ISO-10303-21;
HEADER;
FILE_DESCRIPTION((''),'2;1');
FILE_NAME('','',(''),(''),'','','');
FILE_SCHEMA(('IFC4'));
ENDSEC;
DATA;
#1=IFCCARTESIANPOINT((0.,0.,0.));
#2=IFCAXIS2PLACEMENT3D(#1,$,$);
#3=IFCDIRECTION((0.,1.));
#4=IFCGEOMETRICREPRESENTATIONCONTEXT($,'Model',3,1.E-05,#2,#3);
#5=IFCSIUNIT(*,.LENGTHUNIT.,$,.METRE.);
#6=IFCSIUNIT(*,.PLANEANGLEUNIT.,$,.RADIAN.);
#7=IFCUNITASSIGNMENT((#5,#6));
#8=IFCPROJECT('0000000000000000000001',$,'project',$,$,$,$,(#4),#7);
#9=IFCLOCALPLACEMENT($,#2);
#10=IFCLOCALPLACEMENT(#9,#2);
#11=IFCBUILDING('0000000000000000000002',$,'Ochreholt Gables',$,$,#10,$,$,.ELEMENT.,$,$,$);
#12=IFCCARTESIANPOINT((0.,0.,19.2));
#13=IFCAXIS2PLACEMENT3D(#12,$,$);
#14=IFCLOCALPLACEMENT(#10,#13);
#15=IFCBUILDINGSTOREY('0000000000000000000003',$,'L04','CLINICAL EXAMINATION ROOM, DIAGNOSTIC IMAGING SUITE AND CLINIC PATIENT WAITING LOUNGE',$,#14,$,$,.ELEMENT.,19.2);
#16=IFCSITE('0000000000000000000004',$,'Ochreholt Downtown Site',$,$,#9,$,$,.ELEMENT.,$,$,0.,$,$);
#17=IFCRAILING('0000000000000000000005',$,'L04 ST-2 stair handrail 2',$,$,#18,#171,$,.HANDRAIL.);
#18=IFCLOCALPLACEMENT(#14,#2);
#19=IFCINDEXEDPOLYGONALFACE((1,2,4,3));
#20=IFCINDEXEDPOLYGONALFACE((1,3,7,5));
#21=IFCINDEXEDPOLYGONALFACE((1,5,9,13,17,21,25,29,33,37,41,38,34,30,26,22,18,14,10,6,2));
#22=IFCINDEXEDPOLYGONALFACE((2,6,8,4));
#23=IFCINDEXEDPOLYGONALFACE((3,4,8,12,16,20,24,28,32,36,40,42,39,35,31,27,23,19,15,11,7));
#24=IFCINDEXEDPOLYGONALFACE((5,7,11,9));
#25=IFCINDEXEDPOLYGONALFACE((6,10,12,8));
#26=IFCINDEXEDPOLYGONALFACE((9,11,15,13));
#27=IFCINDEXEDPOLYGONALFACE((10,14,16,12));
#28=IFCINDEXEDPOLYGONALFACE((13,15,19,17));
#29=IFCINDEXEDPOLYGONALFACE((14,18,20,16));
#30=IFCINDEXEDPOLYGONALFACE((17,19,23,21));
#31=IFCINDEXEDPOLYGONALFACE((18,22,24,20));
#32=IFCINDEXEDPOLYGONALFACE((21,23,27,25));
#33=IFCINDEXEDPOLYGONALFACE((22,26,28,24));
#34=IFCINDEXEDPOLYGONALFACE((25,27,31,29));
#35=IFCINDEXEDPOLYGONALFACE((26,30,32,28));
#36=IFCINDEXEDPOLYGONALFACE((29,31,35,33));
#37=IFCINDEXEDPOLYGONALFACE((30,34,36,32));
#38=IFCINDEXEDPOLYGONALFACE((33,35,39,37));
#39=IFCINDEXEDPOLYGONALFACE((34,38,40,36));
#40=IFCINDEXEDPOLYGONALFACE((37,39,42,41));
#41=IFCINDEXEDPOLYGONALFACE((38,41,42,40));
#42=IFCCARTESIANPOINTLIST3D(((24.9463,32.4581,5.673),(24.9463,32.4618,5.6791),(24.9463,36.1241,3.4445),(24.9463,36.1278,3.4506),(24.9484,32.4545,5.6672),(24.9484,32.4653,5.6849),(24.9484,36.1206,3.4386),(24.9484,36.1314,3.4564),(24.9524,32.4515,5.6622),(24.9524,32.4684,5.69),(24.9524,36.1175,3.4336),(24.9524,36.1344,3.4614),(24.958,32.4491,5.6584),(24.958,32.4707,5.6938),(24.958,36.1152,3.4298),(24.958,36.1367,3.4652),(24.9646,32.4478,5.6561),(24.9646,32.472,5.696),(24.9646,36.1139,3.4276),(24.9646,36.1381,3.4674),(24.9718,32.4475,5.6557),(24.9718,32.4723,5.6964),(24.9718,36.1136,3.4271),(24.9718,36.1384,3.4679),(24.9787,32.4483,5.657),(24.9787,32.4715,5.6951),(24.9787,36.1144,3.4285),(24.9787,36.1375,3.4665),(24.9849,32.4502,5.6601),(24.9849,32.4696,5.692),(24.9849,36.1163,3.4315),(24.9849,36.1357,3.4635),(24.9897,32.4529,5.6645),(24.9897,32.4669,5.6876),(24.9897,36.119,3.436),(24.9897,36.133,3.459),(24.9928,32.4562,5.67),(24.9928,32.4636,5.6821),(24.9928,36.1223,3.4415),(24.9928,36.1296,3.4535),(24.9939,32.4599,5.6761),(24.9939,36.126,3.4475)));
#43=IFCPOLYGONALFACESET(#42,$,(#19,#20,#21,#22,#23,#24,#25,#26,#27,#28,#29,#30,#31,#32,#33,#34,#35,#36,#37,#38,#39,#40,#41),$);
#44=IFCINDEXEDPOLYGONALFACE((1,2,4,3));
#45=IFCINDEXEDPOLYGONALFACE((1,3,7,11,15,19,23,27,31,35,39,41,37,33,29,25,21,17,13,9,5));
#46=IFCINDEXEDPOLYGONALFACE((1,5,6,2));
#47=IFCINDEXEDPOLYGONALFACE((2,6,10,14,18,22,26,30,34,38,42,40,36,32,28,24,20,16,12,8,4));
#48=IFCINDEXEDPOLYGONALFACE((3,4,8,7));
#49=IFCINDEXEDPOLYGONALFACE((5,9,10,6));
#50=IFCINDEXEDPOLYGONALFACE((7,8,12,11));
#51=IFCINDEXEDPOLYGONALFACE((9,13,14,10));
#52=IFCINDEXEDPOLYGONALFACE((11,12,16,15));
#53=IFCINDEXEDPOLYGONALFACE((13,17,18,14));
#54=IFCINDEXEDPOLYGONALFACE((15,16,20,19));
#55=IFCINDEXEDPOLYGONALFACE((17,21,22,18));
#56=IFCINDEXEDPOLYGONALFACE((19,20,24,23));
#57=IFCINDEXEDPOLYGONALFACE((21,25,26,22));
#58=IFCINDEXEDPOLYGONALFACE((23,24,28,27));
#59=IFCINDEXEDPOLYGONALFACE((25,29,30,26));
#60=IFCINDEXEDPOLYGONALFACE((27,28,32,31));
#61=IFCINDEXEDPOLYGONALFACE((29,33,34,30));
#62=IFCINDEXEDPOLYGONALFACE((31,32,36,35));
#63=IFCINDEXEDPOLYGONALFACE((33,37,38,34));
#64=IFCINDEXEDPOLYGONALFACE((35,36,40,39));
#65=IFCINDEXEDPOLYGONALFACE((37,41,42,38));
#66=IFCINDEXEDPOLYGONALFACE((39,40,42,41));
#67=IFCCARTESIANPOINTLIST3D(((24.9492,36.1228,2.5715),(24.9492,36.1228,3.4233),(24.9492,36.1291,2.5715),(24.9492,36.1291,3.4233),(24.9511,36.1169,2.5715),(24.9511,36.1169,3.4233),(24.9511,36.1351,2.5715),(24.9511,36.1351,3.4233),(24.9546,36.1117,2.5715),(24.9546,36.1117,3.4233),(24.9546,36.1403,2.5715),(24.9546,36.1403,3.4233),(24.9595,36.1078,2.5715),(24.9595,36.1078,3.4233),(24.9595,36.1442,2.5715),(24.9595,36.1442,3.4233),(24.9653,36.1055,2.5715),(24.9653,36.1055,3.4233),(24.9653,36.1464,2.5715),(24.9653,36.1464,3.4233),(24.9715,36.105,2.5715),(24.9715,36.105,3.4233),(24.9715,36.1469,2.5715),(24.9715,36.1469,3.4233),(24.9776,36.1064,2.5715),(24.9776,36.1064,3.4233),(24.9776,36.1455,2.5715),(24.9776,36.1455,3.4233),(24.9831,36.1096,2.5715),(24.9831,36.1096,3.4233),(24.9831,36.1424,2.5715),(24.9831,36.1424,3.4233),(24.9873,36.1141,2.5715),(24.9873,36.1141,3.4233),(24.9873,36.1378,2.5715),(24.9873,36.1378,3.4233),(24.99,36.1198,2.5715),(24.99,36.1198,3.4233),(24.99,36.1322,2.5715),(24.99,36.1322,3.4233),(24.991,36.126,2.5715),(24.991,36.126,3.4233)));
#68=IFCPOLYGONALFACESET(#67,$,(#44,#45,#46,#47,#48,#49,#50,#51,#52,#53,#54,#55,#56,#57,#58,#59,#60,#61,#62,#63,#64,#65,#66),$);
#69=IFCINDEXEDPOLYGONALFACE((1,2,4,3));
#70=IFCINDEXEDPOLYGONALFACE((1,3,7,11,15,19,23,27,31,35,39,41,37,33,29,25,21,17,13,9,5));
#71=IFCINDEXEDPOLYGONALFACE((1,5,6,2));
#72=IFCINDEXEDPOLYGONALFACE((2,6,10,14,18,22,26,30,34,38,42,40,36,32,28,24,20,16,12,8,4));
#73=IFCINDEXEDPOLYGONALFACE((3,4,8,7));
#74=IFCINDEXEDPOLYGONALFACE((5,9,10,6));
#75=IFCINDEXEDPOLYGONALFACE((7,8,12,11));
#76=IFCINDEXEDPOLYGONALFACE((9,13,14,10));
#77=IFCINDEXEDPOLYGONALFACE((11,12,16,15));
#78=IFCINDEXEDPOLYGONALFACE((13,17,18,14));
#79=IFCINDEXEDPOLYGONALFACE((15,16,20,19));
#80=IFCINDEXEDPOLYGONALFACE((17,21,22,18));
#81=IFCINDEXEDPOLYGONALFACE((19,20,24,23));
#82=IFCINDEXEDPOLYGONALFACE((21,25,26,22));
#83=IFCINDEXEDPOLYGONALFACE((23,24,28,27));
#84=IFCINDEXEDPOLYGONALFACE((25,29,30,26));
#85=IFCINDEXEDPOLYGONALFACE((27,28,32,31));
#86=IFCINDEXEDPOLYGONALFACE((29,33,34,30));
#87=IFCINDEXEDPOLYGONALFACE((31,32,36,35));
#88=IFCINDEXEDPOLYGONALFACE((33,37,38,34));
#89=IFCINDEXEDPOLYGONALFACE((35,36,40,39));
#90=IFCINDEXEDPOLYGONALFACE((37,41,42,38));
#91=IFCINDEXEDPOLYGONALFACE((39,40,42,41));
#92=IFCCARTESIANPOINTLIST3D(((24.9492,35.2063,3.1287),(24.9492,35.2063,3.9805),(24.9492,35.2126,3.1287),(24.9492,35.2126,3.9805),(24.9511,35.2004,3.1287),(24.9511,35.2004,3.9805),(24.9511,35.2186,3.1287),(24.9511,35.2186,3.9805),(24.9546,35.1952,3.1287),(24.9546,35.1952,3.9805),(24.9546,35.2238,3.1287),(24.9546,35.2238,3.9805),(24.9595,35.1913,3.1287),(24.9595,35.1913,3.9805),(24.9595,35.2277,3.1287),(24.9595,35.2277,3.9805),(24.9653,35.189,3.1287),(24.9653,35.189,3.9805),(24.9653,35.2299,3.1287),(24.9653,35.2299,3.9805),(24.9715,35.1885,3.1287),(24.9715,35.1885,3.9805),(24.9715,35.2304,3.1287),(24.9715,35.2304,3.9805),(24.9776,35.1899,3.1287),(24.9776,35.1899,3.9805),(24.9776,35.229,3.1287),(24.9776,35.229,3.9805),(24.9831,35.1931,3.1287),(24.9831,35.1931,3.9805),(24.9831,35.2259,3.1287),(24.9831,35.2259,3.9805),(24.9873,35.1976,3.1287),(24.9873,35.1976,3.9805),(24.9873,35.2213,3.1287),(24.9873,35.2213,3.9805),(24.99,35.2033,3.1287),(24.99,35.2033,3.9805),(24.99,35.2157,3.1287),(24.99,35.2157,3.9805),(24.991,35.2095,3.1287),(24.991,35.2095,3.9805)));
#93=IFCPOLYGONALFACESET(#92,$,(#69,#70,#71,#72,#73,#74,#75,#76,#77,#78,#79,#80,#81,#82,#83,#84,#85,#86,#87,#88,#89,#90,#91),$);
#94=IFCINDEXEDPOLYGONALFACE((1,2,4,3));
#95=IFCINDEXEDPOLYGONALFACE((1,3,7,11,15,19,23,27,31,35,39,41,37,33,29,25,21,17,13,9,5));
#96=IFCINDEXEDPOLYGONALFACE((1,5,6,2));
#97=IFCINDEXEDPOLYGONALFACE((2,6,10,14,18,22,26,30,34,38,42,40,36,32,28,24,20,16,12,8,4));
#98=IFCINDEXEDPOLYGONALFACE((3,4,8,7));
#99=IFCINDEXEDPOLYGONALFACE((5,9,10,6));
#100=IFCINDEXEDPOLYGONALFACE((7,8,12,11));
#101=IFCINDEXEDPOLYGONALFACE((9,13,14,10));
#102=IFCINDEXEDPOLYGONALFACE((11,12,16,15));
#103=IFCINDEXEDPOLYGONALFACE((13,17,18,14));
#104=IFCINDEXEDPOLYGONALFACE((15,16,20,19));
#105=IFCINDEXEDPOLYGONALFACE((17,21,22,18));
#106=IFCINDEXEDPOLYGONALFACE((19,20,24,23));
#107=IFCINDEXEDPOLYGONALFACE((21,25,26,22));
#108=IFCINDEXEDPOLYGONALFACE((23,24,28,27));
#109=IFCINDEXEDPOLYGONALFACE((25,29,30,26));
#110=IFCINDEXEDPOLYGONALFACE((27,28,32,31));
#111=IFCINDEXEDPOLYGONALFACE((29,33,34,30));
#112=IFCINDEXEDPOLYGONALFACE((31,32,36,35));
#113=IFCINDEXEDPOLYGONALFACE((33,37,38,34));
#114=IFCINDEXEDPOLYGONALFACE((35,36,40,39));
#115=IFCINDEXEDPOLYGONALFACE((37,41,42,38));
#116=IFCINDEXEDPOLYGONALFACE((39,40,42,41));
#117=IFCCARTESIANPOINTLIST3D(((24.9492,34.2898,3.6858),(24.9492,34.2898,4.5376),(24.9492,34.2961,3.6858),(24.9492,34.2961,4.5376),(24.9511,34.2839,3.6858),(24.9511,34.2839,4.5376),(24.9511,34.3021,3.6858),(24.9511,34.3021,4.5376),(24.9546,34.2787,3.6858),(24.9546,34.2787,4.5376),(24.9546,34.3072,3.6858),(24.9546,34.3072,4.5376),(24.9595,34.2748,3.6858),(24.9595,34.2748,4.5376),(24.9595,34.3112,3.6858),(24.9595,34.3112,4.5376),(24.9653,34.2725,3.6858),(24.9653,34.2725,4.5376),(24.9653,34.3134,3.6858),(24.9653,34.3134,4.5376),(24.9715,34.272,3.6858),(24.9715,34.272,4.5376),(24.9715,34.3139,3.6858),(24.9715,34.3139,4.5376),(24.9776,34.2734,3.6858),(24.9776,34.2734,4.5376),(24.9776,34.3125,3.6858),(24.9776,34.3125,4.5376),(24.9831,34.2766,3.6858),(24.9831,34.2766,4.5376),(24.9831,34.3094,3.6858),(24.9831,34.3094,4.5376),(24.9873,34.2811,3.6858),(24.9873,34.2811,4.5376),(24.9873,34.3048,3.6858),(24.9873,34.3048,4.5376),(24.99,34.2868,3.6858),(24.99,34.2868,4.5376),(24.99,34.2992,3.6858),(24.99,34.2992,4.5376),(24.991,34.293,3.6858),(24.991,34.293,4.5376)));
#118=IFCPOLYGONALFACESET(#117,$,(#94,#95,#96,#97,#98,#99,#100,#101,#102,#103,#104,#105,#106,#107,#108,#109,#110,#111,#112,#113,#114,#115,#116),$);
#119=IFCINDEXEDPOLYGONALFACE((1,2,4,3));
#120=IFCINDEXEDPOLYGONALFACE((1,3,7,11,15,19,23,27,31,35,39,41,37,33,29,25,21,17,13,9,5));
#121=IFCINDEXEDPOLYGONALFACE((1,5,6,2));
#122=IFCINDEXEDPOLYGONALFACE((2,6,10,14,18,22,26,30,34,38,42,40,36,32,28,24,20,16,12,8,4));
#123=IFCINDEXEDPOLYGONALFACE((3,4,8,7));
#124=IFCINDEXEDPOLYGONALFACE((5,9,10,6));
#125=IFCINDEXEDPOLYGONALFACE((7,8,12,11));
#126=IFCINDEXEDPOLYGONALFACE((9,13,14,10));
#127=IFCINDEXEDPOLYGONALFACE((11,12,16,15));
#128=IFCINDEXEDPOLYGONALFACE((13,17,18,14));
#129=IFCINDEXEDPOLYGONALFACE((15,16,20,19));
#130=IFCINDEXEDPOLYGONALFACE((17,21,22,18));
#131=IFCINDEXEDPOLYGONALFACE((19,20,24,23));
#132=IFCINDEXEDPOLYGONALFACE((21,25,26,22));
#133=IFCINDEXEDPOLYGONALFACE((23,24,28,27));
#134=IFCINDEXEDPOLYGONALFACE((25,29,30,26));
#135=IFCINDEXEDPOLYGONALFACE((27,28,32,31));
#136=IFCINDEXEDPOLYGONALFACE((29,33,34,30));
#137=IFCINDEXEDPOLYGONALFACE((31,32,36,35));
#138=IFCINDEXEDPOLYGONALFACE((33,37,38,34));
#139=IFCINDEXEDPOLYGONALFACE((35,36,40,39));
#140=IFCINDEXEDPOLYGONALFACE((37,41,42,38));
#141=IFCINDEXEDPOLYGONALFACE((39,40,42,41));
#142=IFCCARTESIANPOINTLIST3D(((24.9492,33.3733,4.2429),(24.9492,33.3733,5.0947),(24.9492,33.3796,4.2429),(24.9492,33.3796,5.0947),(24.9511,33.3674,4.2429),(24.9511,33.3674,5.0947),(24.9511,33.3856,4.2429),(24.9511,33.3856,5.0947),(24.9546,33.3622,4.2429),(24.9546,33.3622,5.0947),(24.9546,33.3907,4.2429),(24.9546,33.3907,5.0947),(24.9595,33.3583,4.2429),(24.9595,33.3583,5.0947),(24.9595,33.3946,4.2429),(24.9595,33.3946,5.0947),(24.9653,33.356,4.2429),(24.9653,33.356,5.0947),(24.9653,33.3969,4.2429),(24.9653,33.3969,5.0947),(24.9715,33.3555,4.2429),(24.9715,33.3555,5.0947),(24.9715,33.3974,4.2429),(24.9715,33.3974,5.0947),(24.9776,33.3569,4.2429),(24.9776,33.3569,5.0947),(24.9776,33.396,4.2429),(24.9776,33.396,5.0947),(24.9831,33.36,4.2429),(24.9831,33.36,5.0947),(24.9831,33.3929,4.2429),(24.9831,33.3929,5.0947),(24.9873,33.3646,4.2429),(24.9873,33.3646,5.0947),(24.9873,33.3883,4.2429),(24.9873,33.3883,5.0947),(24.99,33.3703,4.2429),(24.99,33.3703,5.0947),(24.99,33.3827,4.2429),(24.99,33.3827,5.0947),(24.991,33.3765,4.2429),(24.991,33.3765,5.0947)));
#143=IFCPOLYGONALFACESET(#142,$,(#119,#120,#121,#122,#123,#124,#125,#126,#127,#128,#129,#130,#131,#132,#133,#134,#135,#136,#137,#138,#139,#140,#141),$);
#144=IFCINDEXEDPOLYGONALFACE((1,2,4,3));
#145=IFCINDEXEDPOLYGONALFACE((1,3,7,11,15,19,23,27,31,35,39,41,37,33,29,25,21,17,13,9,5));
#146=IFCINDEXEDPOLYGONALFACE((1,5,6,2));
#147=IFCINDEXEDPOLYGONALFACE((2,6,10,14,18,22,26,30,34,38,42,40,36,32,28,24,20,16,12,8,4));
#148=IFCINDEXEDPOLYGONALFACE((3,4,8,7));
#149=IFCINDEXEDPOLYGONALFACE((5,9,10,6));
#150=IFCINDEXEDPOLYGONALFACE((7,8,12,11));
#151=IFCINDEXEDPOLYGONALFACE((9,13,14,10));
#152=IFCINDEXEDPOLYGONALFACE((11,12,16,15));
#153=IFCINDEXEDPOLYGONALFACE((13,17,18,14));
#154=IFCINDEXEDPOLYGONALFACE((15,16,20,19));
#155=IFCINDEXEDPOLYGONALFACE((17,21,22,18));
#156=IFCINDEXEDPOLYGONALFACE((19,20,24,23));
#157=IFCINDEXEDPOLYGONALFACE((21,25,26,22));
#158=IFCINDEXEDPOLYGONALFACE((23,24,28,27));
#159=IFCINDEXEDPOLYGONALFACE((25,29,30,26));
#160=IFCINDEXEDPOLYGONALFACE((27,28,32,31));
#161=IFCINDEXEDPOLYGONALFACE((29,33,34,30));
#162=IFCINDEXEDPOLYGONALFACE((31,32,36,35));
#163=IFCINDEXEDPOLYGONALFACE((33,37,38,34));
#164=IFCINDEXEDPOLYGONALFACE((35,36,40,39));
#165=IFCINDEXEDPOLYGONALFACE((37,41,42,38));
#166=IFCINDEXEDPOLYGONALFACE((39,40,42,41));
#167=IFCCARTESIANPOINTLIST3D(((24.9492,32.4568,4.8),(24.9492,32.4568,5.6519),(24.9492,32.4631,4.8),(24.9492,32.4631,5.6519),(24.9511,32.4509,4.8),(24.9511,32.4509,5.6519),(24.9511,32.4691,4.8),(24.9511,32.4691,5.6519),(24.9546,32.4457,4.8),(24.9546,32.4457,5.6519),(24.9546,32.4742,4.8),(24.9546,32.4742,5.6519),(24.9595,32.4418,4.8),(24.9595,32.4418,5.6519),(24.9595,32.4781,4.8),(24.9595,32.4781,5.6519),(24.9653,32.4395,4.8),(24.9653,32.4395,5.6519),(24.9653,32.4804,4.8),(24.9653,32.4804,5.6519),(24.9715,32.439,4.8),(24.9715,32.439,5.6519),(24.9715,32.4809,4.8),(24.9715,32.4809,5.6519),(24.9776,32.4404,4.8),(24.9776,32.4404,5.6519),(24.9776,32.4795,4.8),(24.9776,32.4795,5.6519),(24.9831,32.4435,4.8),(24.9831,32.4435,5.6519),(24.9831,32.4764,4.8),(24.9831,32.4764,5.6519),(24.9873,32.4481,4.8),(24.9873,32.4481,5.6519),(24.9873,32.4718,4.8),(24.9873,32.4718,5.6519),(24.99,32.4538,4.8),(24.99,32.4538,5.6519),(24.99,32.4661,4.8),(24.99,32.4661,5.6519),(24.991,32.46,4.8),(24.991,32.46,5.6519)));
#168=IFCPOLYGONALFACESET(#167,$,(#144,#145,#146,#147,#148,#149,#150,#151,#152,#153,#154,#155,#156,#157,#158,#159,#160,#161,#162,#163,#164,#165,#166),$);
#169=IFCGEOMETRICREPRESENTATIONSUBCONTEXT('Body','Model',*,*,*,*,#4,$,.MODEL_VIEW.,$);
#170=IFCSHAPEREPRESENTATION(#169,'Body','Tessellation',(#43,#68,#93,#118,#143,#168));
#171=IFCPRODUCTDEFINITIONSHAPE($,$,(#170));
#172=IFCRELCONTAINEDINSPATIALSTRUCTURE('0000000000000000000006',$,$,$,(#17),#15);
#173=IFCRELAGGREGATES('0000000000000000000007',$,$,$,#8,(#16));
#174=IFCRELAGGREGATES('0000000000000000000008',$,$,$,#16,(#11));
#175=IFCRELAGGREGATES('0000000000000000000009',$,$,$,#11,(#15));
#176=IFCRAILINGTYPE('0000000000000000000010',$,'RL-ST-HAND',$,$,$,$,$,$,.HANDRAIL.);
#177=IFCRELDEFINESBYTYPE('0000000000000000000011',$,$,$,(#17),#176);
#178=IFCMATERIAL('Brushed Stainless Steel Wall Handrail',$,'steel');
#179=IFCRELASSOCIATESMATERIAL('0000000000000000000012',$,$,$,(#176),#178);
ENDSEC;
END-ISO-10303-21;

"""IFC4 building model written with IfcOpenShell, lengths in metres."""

from ifc_helpers import new_model, si_unit, direction, frame, origin, origin_2d, place, context, subcontext, project, spatial, circle, extrude, material, type_object, element, save


model = new_model("IFC4")

# Units and contexts
model_context = context("Model", 3, precision=1e-05, world=origin(), true_north=direction((0.0, 1.0)))
body_context = subcontext(model_context, "Body", "Model", "MODEL_VIEW")
ifc_project = project(units=[si_unit("LENGTHUNIT", "METRE"), si_unit("PLANEANGLEUNIT", "RADIAN")], contexts=[model_context])

# Site, building, storey
site_placement = place(None, origin())
site = spatial("IfcSite", under=ifc_project, at=site_placement, Name="Ochreholt Downtown Site", CompositionType="ELEMENT", RefElevation=0.0)
building_placement = place(site_placement, origin())
building = spatial("IfcBuilding", under=site, at=building_placement, Name="Ochreholt Gables", CompositionType="ELEMENT")
storey_placement = place(building_placement, frame((0.0, 0.0, 19.2)))
storey = spatial("IfcBuildingStorey", under=building, at=storey_placement, Name="L04", Description="CLINICAL EXAMINATION ROOM, DIAGNOSTIC IMAGING SUITE AND CLINIC PATIENT WAITING LOUNGE", CompositionType="ELEMENT", Elevation=19.2)

# Railing
ifc_material_1 = material(Name="Brushed Stainless Steel Wall Handrail", Category="steel")
railing_type_1 = type_object("IfcRailingType", Name="RL-ST-HAND", PredefinedType="HANDRAIL", material=ifc_material_1)
railing_1_placement = place(storey_placement, frame((24.97, 36.126, 2.5715)))
element("IfcRailing", 1, at=railing_1_placement, inside=storey, type_object=railing_type_1, Name="L04 ST-2 stair handrail 2", PredefinedType="HANDRAIL", context=body_context, shape_type="SweptSolid", body=[
    extrude(circle(Radius=0.0239, at=origin_2d()), frame((0.0, 0.0, 0.876), z_axis=(0.0, -0.854506, 0.519441), x_axis=(1.0, 0.0, 0.0)), (0.0, 0.0, 1.0), 4.2903),
    extrude(circle(Radius=0.021, at=origin_2d()), origin(), (0.0, 0.0, 1.0), 0.8518),
    extrude(circle(Radius=0.021, at=origin_2d()), frame((0.0, -0.9165, 0.5571)), (0.0, 0.0, 1.0), 0.8518),
    extrude(circle(Radius=0.021, at=origin_2d()), frame((0.0, -1.833, 1.1143)), (0.0, 0.0, 1.0), 0.8518),
    extrude(circle(Radius=0.021, at=origin_2d()), frame((0.0, -2.7495, 1.6714)), (0.0, 0.0, 1.0), 0.8518),
    extrude(circle(Radius=0.021, at=origin_2d()), frame((0.0, -3.666, 2.2285)), (0.0, 0.0, 1.0), 0.8518),
])

save(model, "model.ifc")
